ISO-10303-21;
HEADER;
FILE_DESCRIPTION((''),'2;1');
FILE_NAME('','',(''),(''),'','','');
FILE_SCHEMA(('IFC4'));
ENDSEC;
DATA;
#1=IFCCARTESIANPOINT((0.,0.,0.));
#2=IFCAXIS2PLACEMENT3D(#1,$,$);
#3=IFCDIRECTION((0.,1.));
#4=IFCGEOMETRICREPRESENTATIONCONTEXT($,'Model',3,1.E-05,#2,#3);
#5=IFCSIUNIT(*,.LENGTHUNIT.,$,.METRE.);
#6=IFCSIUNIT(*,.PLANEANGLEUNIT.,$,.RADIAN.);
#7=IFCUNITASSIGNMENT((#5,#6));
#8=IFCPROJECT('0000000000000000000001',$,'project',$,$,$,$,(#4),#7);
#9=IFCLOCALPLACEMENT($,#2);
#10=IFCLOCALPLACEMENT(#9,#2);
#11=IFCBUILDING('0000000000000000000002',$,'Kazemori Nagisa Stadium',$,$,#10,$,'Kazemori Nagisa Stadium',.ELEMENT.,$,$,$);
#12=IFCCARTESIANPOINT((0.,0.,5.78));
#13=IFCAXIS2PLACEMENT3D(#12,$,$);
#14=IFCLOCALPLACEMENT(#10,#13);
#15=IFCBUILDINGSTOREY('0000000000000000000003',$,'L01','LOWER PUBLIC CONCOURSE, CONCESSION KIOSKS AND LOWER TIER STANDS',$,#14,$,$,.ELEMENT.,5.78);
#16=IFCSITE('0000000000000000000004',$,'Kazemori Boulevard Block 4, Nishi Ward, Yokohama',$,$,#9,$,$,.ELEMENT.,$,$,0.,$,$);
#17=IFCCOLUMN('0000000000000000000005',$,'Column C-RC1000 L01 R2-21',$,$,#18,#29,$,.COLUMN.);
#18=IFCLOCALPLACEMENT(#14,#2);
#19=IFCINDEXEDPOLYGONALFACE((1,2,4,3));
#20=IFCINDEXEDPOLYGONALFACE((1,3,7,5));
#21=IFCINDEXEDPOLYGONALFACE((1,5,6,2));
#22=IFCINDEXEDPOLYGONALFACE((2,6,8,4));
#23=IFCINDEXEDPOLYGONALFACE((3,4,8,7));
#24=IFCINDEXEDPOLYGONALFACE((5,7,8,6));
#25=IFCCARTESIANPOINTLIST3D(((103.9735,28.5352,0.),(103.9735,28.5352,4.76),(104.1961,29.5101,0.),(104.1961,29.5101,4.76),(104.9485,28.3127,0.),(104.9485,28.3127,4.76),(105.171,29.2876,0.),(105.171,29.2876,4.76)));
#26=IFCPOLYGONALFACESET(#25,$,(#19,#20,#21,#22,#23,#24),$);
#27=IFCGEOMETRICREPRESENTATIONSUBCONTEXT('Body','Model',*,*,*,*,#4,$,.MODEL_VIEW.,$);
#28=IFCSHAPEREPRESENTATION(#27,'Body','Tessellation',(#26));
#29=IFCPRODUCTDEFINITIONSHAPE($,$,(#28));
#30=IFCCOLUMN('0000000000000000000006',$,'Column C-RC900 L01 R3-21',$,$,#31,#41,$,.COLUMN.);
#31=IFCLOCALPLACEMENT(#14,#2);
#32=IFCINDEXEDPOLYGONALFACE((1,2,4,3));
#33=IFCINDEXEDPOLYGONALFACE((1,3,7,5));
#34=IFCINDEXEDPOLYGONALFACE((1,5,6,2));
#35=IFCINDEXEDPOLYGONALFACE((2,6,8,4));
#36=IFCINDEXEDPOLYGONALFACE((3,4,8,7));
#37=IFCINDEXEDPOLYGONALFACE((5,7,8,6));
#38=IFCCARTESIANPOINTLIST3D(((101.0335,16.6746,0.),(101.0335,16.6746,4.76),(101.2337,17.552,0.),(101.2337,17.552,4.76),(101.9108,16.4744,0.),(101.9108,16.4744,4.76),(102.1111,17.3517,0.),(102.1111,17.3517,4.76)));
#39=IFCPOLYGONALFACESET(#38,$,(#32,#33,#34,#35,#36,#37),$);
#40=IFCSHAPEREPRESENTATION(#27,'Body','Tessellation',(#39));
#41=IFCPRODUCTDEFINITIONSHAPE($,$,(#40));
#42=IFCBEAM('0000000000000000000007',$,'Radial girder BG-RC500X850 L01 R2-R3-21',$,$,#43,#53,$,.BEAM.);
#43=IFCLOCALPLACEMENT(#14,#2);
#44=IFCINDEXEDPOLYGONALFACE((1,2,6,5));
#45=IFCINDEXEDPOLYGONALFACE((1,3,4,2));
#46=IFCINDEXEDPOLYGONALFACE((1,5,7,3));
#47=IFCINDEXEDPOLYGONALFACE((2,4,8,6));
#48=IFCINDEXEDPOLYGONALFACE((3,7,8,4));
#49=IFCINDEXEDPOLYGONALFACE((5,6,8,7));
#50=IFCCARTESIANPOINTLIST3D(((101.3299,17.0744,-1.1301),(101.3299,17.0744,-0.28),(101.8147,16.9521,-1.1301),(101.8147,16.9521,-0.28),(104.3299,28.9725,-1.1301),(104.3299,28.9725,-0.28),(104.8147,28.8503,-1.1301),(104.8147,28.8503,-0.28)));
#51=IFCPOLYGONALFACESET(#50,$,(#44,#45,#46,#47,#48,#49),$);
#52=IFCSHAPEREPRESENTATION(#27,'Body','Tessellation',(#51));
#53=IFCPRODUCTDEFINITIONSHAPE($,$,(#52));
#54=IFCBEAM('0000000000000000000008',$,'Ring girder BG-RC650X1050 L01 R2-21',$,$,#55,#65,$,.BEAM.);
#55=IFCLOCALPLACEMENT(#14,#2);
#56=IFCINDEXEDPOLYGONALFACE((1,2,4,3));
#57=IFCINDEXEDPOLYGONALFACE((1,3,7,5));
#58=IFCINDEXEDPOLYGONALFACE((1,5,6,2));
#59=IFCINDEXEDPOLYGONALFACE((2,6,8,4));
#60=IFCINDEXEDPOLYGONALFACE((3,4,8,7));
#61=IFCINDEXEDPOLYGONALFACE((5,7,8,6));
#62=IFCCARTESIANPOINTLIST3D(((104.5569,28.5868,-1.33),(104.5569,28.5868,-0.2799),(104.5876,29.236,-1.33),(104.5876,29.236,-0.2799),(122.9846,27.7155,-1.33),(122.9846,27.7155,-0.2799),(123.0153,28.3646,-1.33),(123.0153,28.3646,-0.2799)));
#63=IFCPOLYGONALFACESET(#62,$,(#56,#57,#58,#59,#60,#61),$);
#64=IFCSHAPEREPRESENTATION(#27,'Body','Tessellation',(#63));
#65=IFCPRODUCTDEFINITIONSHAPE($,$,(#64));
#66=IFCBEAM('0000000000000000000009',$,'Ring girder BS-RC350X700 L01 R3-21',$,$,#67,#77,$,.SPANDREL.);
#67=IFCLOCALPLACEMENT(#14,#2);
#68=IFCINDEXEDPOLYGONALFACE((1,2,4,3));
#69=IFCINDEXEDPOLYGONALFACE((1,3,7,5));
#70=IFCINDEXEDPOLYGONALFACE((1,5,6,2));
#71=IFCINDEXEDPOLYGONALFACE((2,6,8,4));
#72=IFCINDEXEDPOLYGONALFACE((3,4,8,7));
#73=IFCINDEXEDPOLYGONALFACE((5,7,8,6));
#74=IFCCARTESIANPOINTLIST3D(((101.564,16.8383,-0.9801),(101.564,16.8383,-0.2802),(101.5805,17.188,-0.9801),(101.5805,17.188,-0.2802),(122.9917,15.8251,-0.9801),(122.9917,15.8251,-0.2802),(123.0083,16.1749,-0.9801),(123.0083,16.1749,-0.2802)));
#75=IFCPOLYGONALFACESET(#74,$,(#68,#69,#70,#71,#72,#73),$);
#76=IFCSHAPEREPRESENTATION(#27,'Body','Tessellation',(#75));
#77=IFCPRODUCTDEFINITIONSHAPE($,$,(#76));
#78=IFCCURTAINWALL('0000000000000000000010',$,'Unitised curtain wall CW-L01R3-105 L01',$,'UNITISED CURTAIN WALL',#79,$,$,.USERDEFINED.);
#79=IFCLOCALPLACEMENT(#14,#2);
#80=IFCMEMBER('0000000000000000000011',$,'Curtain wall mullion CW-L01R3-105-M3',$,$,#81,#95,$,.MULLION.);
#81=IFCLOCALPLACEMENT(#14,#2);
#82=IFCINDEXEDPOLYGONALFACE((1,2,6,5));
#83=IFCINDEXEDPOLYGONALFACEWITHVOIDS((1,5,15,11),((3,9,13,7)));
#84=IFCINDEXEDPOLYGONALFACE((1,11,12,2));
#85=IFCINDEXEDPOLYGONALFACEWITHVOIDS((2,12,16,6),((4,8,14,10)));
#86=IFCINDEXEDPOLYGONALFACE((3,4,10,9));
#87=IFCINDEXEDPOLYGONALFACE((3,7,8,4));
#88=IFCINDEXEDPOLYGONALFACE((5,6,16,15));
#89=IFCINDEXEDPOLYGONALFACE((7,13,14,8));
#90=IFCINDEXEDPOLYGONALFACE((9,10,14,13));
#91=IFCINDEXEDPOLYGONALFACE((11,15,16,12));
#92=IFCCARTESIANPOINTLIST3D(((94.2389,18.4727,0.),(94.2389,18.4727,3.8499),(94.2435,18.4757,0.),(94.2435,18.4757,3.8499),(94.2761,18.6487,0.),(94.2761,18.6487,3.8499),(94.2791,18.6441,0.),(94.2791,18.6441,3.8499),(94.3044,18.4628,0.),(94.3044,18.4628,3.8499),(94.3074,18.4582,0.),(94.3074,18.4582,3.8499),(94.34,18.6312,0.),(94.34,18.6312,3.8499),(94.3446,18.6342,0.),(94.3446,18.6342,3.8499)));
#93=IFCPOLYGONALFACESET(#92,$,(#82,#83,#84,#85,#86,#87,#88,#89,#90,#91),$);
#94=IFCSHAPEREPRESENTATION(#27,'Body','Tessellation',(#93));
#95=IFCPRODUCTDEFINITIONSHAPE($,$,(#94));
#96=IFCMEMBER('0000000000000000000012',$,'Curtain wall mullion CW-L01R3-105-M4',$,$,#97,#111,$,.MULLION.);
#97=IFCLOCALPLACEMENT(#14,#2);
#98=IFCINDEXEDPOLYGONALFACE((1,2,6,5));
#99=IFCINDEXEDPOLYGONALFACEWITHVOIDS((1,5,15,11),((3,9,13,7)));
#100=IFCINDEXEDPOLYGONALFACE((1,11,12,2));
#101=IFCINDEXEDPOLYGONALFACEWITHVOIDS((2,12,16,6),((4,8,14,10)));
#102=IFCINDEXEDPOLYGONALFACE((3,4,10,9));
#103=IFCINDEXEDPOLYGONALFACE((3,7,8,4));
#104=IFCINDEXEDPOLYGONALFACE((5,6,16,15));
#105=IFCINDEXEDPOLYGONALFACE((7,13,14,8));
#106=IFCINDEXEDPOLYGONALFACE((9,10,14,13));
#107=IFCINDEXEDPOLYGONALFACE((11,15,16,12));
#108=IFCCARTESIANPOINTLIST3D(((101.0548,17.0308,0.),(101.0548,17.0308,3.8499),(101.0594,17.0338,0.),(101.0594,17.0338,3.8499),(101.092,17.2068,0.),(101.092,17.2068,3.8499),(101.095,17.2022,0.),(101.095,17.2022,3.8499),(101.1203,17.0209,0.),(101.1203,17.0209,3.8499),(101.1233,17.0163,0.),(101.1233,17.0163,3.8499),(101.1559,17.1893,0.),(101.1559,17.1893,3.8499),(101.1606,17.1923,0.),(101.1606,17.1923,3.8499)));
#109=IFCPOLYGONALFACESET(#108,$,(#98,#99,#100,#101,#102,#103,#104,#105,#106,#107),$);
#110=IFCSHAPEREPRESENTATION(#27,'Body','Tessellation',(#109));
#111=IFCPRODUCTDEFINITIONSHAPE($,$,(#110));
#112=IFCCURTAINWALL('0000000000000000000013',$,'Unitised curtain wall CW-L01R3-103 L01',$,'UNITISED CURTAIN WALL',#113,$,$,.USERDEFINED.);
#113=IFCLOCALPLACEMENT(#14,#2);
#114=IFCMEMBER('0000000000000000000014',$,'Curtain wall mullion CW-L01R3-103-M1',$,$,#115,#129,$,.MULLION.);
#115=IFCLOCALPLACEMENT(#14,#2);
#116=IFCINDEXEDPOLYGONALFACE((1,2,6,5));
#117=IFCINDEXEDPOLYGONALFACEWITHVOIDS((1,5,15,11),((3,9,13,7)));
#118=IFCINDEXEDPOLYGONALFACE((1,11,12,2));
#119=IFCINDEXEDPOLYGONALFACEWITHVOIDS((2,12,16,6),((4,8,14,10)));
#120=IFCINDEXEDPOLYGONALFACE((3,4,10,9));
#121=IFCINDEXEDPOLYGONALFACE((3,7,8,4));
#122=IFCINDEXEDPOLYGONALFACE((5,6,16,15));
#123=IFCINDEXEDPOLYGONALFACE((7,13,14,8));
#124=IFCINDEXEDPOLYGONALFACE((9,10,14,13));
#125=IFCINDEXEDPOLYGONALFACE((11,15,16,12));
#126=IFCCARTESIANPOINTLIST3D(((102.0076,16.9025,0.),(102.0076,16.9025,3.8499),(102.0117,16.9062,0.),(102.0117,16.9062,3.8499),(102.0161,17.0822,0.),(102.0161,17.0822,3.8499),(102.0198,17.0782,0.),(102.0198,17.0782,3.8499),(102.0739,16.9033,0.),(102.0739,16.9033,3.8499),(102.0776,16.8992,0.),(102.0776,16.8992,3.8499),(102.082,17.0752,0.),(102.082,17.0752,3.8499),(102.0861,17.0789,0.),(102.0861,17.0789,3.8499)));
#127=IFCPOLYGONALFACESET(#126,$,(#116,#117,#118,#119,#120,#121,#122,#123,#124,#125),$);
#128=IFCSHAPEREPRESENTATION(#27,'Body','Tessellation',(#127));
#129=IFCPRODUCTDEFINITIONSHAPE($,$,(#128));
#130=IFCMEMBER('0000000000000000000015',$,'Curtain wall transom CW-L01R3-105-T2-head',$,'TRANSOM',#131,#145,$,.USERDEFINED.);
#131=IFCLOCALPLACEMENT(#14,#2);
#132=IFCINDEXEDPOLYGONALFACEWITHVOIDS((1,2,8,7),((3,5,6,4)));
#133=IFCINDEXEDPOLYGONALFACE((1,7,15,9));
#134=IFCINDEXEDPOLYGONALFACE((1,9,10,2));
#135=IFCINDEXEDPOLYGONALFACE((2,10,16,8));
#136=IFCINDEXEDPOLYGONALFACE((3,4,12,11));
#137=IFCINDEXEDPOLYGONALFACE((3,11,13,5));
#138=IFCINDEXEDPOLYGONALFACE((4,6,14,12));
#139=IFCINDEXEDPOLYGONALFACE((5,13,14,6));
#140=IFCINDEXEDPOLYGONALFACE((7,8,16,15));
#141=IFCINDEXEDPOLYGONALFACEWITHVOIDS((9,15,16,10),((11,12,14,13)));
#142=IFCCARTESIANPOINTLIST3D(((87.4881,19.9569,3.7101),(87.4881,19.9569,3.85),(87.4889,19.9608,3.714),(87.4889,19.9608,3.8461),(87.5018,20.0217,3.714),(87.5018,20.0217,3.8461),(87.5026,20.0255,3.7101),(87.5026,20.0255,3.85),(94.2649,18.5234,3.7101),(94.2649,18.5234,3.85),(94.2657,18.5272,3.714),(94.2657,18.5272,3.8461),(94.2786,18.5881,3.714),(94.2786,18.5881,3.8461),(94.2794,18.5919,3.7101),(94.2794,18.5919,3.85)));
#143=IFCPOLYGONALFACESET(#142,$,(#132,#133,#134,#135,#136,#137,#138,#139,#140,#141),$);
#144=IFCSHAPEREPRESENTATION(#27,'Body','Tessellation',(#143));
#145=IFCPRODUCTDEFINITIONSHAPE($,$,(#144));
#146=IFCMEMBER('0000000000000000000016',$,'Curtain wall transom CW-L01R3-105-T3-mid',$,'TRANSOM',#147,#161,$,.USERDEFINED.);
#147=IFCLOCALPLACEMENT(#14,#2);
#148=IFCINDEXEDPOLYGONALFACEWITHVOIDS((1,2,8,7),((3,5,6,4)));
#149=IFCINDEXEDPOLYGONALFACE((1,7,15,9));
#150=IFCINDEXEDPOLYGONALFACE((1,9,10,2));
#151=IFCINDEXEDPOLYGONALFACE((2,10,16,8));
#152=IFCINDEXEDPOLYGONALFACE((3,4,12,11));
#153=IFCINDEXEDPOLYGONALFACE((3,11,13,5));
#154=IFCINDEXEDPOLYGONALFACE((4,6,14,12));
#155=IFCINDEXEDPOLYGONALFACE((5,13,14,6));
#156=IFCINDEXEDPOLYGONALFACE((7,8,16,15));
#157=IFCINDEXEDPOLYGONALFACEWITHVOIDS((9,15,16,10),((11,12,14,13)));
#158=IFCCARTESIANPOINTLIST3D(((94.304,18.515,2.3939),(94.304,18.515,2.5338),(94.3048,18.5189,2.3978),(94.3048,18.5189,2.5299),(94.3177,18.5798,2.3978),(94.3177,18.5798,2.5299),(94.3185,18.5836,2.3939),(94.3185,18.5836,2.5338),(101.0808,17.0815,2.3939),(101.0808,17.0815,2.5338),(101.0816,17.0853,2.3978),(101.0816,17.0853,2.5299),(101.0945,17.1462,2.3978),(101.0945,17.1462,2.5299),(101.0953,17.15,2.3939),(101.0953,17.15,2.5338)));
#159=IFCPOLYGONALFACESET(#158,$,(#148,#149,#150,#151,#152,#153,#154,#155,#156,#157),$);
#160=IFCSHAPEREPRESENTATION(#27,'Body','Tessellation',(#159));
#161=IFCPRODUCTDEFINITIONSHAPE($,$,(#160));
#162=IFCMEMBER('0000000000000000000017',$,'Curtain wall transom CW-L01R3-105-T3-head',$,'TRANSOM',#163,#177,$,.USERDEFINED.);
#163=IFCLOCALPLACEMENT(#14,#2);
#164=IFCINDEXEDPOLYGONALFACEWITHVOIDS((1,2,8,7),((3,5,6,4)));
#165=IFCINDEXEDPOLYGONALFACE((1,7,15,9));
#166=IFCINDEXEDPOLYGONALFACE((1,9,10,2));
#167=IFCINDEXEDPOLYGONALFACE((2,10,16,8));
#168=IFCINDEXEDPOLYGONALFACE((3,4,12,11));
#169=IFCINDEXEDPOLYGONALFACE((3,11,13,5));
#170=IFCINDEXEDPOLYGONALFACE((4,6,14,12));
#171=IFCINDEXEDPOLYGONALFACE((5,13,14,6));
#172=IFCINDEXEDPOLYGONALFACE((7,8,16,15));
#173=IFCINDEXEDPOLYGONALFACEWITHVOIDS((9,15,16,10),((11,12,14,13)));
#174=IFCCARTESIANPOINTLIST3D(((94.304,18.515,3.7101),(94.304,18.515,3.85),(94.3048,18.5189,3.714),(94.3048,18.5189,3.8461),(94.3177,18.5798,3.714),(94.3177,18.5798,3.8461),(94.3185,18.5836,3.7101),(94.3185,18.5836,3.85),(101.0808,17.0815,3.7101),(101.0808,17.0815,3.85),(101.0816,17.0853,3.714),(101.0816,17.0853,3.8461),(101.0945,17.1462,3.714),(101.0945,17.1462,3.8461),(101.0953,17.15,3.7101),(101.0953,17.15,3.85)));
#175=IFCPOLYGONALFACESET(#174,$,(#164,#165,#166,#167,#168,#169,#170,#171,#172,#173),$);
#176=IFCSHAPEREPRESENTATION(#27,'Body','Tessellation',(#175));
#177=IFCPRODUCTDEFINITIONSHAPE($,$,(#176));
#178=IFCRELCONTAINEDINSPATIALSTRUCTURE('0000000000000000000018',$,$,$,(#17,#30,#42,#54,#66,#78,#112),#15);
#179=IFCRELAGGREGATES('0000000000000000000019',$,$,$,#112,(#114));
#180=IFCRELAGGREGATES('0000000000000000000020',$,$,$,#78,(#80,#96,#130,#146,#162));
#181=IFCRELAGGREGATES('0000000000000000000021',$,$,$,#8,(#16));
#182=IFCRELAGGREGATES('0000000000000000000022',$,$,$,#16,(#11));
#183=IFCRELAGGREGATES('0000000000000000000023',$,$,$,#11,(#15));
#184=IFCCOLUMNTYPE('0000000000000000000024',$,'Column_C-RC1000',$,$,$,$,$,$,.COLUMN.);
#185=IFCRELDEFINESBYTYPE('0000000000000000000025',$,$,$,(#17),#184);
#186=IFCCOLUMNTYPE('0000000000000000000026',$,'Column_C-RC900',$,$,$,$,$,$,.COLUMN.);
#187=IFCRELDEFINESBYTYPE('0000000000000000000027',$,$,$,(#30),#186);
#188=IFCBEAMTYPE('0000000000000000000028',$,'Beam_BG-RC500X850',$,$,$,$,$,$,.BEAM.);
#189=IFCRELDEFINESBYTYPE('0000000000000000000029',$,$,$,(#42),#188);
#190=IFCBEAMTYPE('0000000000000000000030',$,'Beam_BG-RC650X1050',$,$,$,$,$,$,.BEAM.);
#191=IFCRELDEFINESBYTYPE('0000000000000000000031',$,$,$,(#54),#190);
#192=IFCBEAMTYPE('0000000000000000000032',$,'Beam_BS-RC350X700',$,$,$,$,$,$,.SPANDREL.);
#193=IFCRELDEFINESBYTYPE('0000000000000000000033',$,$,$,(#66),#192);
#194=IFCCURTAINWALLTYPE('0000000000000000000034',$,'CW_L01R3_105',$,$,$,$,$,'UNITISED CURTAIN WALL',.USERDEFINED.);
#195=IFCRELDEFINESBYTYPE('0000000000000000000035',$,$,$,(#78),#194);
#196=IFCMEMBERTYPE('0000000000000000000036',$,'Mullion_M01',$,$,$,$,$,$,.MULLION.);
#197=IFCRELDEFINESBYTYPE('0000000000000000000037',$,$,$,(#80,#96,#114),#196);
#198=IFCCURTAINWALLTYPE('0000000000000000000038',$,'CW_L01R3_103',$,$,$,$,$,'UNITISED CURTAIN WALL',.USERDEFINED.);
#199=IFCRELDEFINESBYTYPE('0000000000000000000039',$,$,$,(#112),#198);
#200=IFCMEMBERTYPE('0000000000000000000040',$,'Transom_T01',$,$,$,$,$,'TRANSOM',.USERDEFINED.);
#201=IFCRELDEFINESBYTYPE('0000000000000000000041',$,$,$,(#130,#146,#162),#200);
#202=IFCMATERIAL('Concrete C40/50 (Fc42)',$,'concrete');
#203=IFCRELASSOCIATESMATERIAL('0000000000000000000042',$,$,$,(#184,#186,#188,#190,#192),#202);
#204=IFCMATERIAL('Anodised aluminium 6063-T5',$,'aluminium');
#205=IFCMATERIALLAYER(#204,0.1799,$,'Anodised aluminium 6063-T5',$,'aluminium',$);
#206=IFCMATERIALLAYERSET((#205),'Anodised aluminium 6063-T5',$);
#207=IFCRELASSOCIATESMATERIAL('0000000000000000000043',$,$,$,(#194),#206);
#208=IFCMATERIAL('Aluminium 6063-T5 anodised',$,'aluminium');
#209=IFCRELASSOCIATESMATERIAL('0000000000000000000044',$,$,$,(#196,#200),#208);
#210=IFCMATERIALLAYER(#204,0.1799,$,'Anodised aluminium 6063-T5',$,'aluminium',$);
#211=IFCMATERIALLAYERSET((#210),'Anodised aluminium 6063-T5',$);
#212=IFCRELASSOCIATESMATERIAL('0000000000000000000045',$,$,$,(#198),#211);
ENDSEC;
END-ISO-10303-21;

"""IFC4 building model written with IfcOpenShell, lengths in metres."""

from ifc_helpers import new_model, si_unit, direction, frame, origin, origin_2d, place, context, subcontext, project, spatial, rectangle, hollow_rectangle, extrude, material, layer, layer_set, material_profile, profile_set, type_object, element, aggregate, save


model = new_model("IFC4")

# Units and contexts
model_context = context("Model", 3, precision=1e-05, world=origin(), true_north=direction((0.0, 1.0)))
body_context = subcontext(model_context, "Body", "Model", "MODEL_VIEW")
ifc_project = project(units=[si_unit("LENGTHUNIT", "METRE"), si_unit("PLANEANGLEUNIT", "RADIAN")], contexts=[model_context])

# Site, building, storey
site_placement = place(None, origin())
site = spatial("IfcSite", under=ifc_project, at=site_placement, Name="Kazemori Boulevard Block 4, Nishi Ward, Yokohama", CompositionType="ELEMENT", RefElevation=0.0)
building_placement = place(site_placement, origin())
building = spatial("IfcBuilding", under=site, at=building_placement, Name="Kazemori Nagisa Stadium", LongName="Kazemori Nagisa Stadium", CompositionType="ELEMENT")
storey_placement = place(building_placement, frame((0.0, 0.0, 5.78)))
storey = spatial("IfcBuildingStorey", under=building, at=storey_placement, Name="L01", Description="LOWER PUBLIC CONCOURSE, CONCESSION KIOSKS AND LOWER TIER STANDS", CompositionType="ELEMENT", Elevation=5.78)

# Columns
ifc_material_1 = material(Name="Concrete C40/50 (Fc42)", Category="concrete")
ifc_material_profile_1 = material_profile(ifc_material_1, rectangle(XDim=1.0, YDim=1.0, at=origin_2d()), Name="RC-COL-1000x1000")
ifc_profile_set_1 = profile_set([ifc_material_profile_1], Name="Concrete C40/50 (Fc42)")
column_type_1 = type_object("IfcColumnType", Name="Column_C-RC1000", PredefinedType="COLUMN", material=ifc_profile_set_1)
column_1_placement = place(storey_placement, frame((104.5723, 28.9114, 0.0), z_axis=(0.0, 0.0, 1.0), x_axis=(-0.222521, -0.974928, 0.0)))
element("IfcColumn", 1, at=column_1_placement, inside=storey, type_object=column_type_1, Name="Column C-RC1000 L01 R2-21", PredefinedType="COLUMN", context=body_context, shape_type="SweptSolid", body=[
    extrude(rectangle(XDim=1.0, YDim=1.0, at=origin_2d()), origin(), (0.0, 0.0, 1.0), 4.76),
])
ifc_material_profile_2 = material_profile(ifc_material_1, rectangle(XDim=0.8999, YDim=0.8999, at=origin_2d()), Name="RC-COL-900x900")
ifc_profile_set_2 = profile_set([ifc_material_profile_2], Name="Concrete C40/50 (Fc42)")
column_type_2 = type_object("IfcColumnType", Name="Column_C-RC900", PredefinedType="COLUMN", material=ifc_profile_set_2)
column_2_placement = place(storey_placement, frame((101.5723, 17.0132, 0.0), z_axis=(0.0, 0.0, 1.0), x_axis=(-0.222521, -0.974928, 0.0)))
element("IfcColumn", 2, at=column_2_placement, inside=storey, type_object=column_type_2, Name="Column C-RC900 L01 R3-21", PredefinedType="COLUMN", context=body_context, shape_type="SweptSolid", body=[
    extrude(rectangle(XDim=0.8999, YDim=0.8999, at=origin_2d()), origin(), (0.0, 0.0, 1.0), 4.76),
])

# Beams
ifc_material_profile_3 = material_profile(ifc_material_1, rectangle(XDim=0.5, YDim=0.8501, at=origin_2d()), Name="RC-BM-500x850")
ifc_profile_set_3 = profile_set([ifc_material_profile_3], Name="Concrete C40/50 (Fc42)")
beam_type_1 = type_object("IfcBeamType", Name="Beam_BG-RC500X850", PredefinedType="BEAM", material=ifc_profile_set_3)
beam_1_placement = place(storey_placement, frame((104.5723, 28.9114, -0.7051), z_axis=(-0.244487, -0.969652, 0.0), x_axis=(0.969652, -0.244487, 0.0)))
element("IfcBeam", 3, at=beam_1_placement, inside=storey, type_object=beam_type_1, Name="Radial girder BG-RC500X850 L01 R2-R3-21", PredefinedType="BEAM", context=body_context, shape_type="SweptSolid", body=[
    extrude(rectangle(XDim=0.5, YDim=0.8501, at=origin_2d()), origin(), (0.0, 0.0, 1.0), 12.2705),
])
ifc_material_profile_4 = material_profile(ifc_material_1, rectangle(XDim=0.6499, YDim=1.05, at=origin_2d()), Name="RC-BM-650x1050")
ifc_profile_set_4 = profile_set([ifc_material_profile_4], Name="Concrete C40/50 (Fc42)")
beam_type_2 = type_object("IfcBeamType", Name="Beam_BG-RC650X1050", PredefinedType="BEAM", material=ifc_profile_set_4)
beam_2_placement = place(storey_placement, frame((104.5723, 28.9114, -0.8049), z_axis=(0.998884, -0.047231, 0.0), x_axis=(0.047231, 0.998884, 0.0)))
element("IfcBeam", 4, at=beam_2_placement, inside=storey, type_object=beam_type_2, Name="Ring girder BG-RC650X1050 L01 R2-21", PredefinedType="BEAM", context=body_context, shape_type="SweptSolid", body=[
    extrude(rectangle(XDim=0.6499, YDim=1.05, at=origin_2d()), origin(), (0.0, 0.0, 1.0), 18.4482),
])
ifc_material_profile_5 = material_profile(ifc_material_1, rectangle(XDim=0.3501, YDim=0.7, at=origin_2d()), Name="RC-SP-350x700")
ifc_profile_set_5 = profile_set([ifc_material_profile_5], Name="Concrete C40/50 (Fc42)")
beam_type_3 = type_object("IfcBeamType", Name="Beam_BS-RC350X700", PredefinedType="SPANDREL", material=ifc_profile_set_5)
beam_3_placement = place(storey_placement, frame((101.5723, 17.0132, -0.6301), z_axis=(0.998884, -0.047231, 0.0), x_axis=(0.047231, 0.998884, 0.0)))
element("IfcBeam", 5, at=beam_3_placement, inside=storey, type_object=beam_type_3, Name="Ring girder BS-RC350X700 L01 R3-21", PredefinedType="SPANDREL", context=body_context, shape_type="SweptSolid", body=[
    extrude(rectangle(XDim=0.3501, YDim=0.7, at=origin_2d()), origin(), (0.0, 0.0, 1.0), 21.4517),
])

# Curtain wall, members
ifc_material_2 = material(Name="Anodised aluminium 6063-T5", Category="aluminium")
ifc_layer_1 = layer(ifc_material_2, 0.1799, Name="Anodised aluminium 6063-T5", Category="aluminium")
ifc_layer_set_1 = layer_set([ifc_layer_1], Name="Anodised aluminium 6063-T5")
curtain_wall_type_1 = type_object("IfcCurtainWallType", Name="CW_L01R3_105", ElementType="UNITISED CURTAIN WALL", PredefinedType="USERDEFINED", material=ifc_layer_set_1)
curtain_wall_1_placement = place(storey_placement, origin())
curtain_wall_1 = element("IfcCurtainWall", 6, at=curtain_wall_1_placement, inside=storey, type_object=curtain_wall_type_1, Name="Unitised curtain wall CW-L01R3-105 L01", ObjectType="UNITISED CURTAIN WALL", PredefinedType="USERDEFINED")
ifc_material_3 = material(Name="Aluminium 6063-T5 anodised", Category="aluminium")
ifc_material_profile_6 = material_profile(ifc_material_3, hollow_rectangle(XDim=0.0701, YDim=0.1799, WallThickness=0.0039, at=origin_2d()), Name="ALU-MULL-70x180x4")
ifc_profile_set_6 = profile_set([ifc_material_profile_6], Name="Aluminium 6063-T5 anodised")
member_type_1 = type_object("IfcMemberType", Name="Mullion_M01", PredefinedType="MULLION", material=ifc_profile_set_6)
member_1_placement = place(storey_placement, frame((94.2917, 18.5535, 0.0), z_axis=(0.0, 0.0, 1.0), x_axis=(0.978345, -0.206981, 0.0)))
member_1 = element("IfcMember", 7, at=member_1_placement, type_object=member_type_1, Name="Curtain wall mullion CW-L01R3-105-M3", PredefinedType="MULLION", context=body_context, shape_type="SweptSolid", body=[
    extrude(hollow_rectangle(XDim=0.0701, YDim=0.1799, WallThickness=0.0039, at=origin_2d()), origin(), (0.0, 0.0, 1.0), 3.8499),
])
member_2_placement = place(storey_placement, frame((101.1077, 17.1116, 0.0), z_axis=(0.0, 0.0, 1.0), x_axis=(0.978345, -0.206981, 0.0)))
member_2 = element("IfcMember", 8, at=member_2_placement, type_object=member_type_1, Name="Curtain wall mullion CW-L01R3-105-M4", PredefinedType="MULLION", context=body_context, shape_type="SweptSolid", body=[
    extrude(hollow_rectangle(XDim=0.0701, YDim=0.1799, WallThickness=0.0039, at=origin_2d()), origin(), (0.0, 0.0, 1.0), 3.8499),
])

# Curtain wall, member
ifc_layer_2 = layer(ifc_material_2, 0.1799, Name="Anodised aluminium 6063-T5", Category="aluminium")
ifc_layer_set_2 = layer_set([ifc_layer_2], Name="Anodised aluminium 6063-T5")
curtain_wall_type_2 = type_object("IfcCurtainWallType", Name="CW_L01R3_103", ElementType="UNITISED CURTAIN WALL", PredefinedType="USERDEFINED", material=ifc_layer_set_2)
curtain_wall_2_placement = place(storey_placement, origin())
curtain_wall_2 = element("IfcCurtainWall", 9, at=curtain_wall_2_placement, inside=storey, type_object=curtain_wall_type_2, Name="Unitised curtain wall CW-L01R3-103 L01", ObjectType="UNITISED CURTAIN WALL", PredefinedType="USERDEFINED")
member_3_placement = place(storey_placement, frame((102.0469, 16.9907, 0.0), z_axis=(0.0, 0.0, 1.0), x_axis=(0.998884, -0.04723, 0.0)))
member_3 = element("IfcMember", 10, at=member_3_placement, type_object=member_type_1, Name="Curtain wall mullion CW-L01R3-103-M1", PredefinedType="MULLION", context=body_context, shape_type="SweptSolid", body=[
    extrude(hollow_rectangle(XDim=0.0701, YDim=0.1799, WallThickness=0.0039, at=origin_2d()), origin(), (0.0, 0.0, 1.0), 3.8499),
])

# Members
ifc_material_profile_7 = material_profile(ifc_material_3, hollow_rectangle(XDim=0.0701, YDim=0.1399, WallThickness=0.0039, at=origin_2d()), Name="ALU-TRAN-70x140x4")
ifc_profile_set_7 = profile_set([ifc_material_profile_7], Name="Aluminium 6063-T5 anodised")
member_type_2 = type_object("IfcMemberType", Name="Transom_T01", ElementType="TRANSOM", PredefinedType="USERDEFINED", material=ifc_profile_set_7)
member_4_placement = place(storey_placement, frame((87.4954, 19.9912, 3.78), z_axis=(0.978349, -0.206962, 0.0), x_axis=(0.206962, 0.978349, 0.0)))
member_4 = element("IfcMember", 11, at=member_4_placement, type_object=member_type_2, Name="Curtain wall transom CW-L01R3-105-T2-head", ObjectType="TRANSOM", PredefinedType="USERDEFINED", context=body_context, shape_type="SweptSolid", body=[
    extrude(hollow_rectangle(XDim=0.0701, YDim=0.1399, WallThickness=0.0039, at=origin_2d()), origin(), (0.0, 0.0, 1.0), 6.9268),
])
member_5_placement = place(storey_placement, frame((94.3113, 18.5493, 2.4639), z_axis=(0.978349, -0.206962, 0.0), x_axis=(0.206962, 0.978349, 0.0)))
member_5 = element("IfcMember", 12, at=member_5_placement, type_object=member_type_2, Name="Curtain wall transom CW-L01R3-105-T3-mid", ObjectType="TRANSOM", PredefinedType="USERDEFINED", context=body_context, shape_type="SweptSolid", body=[
    extrude(hollow_rectangle(XDim=0.0701, YDim=0.1399, WallThickness=0.0039, at=origin_2d()), origin(), (0.0, 0.0, 1.0), 6.9268),
])
member_6_placement = place(storey_placement, frame((94.3113, 18.5493, 3.78), z_axis=(0.978349, -0.206962, 0.0), x_axis=(0.206962, 0.978349, 0.0)))
member_6 = element("IfcMember", 13, at=member_6_placement, type_object=member_type_2, Name="Curtain wall transom CW-L01R3-105-T3-head", ObjectType="TRANSOM", PredefinedType="USERDEFINED", context=body_context, shape_type="SweptSolid", body=[
    extrude(hollow_rectangle(XDim=0.0701, YDim=0.1399, WallThickness=0.0039, at=origin_2d()), origin(), (0.0, 0.0, 1.0), 6.9268),
])
aggregate(curtain_wall_2, [member_3])

aggregate(curtain_wall_1, [member_1, member_2, member_4, member_5, member_6])

save(model, "model.ifc")
